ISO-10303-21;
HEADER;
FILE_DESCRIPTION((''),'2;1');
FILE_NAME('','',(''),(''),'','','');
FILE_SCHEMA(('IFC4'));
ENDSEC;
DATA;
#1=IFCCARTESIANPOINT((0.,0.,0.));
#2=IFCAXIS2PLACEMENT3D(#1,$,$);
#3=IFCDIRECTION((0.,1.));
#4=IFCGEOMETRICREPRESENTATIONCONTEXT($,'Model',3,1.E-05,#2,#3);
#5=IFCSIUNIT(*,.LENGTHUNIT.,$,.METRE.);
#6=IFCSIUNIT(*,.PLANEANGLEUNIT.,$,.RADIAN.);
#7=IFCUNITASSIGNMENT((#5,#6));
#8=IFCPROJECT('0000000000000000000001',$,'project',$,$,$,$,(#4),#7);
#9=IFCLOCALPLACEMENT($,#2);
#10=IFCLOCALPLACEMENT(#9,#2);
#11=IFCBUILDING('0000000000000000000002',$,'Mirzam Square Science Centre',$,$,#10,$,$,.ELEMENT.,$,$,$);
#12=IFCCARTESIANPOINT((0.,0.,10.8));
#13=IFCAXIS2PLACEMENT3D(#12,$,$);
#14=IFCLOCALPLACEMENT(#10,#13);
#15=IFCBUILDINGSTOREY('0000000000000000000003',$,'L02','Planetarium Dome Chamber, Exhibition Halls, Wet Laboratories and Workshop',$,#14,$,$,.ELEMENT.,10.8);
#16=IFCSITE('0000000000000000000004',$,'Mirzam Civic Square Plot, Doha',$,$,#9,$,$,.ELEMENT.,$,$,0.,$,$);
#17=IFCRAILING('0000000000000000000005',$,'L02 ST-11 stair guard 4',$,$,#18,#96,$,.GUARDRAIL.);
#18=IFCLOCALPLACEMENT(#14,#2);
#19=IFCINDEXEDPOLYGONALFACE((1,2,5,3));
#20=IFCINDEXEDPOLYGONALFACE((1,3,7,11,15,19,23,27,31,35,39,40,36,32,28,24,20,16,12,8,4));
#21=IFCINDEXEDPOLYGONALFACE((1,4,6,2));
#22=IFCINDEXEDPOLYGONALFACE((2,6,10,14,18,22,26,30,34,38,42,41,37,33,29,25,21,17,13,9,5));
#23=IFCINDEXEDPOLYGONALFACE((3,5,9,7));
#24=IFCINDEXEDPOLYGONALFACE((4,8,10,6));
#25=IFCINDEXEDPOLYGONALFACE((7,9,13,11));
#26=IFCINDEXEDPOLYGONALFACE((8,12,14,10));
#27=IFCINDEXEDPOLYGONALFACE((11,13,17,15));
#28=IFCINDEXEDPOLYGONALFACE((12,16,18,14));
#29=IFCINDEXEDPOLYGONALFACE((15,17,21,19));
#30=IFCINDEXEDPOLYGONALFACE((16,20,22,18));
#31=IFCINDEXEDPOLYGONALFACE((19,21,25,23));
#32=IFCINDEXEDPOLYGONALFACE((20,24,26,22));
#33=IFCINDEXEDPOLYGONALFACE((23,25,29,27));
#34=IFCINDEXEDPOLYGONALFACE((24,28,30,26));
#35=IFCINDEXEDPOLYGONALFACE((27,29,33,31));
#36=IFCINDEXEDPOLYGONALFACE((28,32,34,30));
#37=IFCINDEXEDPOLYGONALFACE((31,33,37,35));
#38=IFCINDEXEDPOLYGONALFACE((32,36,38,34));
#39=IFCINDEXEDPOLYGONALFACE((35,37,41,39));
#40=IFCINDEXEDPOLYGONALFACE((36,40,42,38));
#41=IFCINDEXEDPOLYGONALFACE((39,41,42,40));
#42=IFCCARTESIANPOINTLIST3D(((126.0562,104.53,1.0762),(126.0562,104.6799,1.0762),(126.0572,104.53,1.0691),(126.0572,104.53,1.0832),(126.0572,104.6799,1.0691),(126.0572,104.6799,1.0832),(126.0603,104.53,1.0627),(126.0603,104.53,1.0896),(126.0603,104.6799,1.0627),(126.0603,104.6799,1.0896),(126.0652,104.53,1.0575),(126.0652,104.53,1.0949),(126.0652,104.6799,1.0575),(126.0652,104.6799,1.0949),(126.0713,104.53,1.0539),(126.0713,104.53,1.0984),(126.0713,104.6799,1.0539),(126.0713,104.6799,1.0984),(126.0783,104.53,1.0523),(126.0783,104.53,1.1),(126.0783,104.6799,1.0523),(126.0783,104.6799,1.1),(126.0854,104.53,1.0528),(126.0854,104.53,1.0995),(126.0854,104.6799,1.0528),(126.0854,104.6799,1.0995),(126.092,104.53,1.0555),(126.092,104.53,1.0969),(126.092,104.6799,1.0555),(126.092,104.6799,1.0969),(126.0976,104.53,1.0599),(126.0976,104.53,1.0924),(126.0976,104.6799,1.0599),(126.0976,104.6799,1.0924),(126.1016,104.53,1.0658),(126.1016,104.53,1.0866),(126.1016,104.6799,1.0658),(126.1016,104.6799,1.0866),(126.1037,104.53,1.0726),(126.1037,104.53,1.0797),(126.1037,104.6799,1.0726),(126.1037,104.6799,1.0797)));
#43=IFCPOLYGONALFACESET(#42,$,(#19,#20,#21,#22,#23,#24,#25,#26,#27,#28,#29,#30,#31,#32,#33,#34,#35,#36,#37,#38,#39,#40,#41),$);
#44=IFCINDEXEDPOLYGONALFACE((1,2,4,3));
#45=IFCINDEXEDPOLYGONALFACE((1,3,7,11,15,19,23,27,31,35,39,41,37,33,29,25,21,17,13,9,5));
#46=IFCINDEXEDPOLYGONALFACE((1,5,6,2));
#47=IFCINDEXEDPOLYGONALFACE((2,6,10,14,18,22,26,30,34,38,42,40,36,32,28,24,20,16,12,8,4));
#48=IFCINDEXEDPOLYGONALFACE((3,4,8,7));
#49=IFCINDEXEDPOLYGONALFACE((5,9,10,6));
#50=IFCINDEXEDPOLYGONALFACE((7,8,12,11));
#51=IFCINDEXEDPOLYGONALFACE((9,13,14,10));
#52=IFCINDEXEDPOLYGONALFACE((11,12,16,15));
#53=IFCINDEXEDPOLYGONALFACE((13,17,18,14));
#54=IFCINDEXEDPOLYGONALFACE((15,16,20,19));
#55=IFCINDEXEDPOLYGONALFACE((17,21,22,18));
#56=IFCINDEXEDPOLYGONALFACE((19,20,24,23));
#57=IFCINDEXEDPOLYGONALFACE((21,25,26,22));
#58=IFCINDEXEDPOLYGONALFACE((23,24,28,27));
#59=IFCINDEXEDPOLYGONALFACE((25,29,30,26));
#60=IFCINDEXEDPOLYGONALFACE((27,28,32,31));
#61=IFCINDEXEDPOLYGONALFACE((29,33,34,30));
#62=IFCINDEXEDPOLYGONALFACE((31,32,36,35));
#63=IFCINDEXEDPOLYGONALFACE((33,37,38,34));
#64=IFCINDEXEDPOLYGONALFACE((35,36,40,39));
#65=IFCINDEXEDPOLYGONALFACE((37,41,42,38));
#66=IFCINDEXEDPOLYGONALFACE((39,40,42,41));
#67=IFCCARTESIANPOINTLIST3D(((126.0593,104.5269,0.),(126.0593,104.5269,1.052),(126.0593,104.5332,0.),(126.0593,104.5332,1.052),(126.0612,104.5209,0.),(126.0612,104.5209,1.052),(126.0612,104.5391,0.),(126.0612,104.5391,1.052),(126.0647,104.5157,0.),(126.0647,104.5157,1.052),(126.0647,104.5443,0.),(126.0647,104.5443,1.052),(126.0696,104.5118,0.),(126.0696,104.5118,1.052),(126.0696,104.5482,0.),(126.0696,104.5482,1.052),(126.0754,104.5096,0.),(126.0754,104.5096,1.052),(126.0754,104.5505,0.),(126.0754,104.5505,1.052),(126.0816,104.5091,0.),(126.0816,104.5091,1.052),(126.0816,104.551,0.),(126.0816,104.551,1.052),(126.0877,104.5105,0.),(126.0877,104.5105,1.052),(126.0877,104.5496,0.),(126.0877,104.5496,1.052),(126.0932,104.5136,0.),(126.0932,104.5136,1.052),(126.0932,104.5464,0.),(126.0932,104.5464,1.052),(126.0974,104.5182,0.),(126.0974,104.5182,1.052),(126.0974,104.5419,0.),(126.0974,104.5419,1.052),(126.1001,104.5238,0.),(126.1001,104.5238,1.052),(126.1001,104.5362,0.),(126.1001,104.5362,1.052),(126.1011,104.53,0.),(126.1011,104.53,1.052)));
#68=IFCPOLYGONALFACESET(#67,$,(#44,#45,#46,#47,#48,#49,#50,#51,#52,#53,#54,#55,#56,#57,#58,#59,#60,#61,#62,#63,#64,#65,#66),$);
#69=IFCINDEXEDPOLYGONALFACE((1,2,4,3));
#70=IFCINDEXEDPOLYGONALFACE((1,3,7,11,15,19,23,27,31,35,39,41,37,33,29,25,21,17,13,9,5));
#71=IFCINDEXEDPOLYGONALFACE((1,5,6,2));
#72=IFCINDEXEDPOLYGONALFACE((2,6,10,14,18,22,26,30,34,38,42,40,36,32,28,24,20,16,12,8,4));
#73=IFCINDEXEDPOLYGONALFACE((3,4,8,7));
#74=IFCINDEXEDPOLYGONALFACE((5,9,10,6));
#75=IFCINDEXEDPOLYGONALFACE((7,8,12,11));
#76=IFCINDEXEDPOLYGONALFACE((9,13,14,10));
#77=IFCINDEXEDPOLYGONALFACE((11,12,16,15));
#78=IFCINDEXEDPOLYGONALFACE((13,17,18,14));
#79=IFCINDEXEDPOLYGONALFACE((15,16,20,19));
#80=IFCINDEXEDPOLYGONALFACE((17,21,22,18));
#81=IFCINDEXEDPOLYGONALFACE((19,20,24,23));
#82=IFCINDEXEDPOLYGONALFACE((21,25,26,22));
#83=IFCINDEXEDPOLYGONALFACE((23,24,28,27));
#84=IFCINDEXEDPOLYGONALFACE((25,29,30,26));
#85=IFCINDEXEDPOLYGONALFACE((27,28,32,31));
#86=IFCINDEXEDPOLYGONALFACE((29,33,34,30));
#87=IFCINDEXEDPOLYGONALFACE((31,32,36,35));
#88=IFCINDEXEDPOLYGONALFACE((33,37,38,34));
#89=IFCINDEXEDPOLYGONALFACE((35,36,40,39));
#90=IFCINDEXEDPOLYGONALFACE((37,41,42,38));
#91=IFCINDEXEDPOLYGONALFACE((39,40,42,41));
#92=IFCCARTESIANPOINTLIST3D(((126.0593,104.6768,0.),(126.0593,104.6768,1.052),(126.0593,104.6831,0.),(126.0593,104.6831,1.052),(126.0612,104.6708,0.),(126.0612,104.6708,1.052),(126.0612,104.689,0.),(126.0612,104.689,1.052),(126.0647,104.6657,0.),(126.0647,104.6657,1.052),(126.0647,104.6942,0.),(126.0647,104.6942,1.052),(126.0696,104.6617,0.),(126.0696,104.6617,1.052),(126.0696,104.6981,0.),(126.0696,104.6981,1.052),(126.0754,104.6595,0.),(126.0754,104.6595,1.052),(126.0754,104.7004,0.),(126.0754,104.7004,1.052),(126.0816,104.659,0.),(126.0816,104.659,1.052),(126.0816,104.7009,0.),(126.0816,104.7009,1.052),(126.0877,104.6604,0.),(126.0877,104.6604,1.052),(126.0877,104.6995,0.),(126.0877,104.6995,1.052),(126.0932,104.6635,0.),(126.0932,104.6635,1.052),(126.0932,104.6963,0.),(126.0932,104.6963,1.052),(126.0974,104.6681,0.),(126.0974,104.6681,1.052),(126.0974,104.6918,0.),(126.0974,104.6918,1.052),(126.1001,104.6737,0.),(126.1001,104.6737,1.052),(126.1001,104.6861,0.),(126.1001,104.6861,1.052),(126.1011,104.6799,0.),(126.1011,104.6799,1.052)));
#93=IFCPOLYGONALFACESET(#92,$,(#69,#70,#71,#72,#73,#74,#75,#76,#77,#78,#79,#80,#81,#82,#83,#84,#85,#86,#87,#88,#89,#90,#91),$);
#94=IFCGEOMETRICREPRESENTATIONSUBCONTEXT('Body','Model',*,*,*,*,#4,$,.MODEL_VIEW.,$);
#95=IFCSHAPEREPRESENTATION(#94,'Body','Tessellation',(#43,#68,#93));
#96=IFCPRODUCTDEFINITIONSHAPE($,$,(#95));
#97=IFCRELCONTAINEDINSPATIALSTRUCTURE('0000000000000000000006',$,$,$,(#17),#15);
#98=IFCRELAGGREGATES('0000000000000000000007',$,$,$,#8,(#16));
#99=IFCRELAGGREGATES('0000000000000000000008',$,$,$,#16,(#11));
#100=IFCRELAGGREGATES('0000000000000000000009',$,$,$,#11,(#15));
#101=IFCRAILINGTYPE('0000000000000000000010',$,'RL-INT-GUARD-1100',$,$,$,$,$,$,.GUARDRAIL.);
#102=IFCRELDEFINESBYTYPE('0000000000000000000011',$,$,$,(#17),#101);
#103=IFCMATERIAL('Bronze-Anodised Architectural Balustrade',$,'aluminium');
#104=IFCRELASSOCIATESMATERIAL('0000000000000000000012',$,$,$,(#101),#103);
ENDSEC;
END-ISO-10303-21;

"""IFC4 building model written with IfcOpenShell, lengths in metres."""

from ifc_helpers import new_model, si_unit, direction, frame, origin, origin_2d, place, context, subcontext, project, spatial, circle, extrude, material, type_object, element, save


model = new_model("IFC4")

# Units and contexts
model_context = context("Model", 3, precision=1e-05, world=origin(), true_north=direction((0.0, 1.0)))
body_context = subcontext(model_context, "Body", "Model", "MODEL_VIEW")
ifc_project = project(units=[si_unit("LENGTHUNIT", "METRE"), si_unit("PLANEANGLEUNIT", "RADIAN")], contexts=[model_context])

# Site, building, storey
site_placement = place(None, origin())
site = spatial("IfcSite", under=ifc_project, at=site_placement, Name="Mirzam Civic Square Plot, Doha", CompositionType="ELEMENT", RefElevation=0.0)
building_placement = place(site_placement, origin())
building = spatial("IfcBuilding", under=site, at=building_placement, Name="Mirzam Square Science Centre", CompositionType="ELEMENT")
storey_placement = place(building_placement, frame((0.0, 0.0, 10.8)))
storey = spatial("IfcBuildingStorey", under=building, at=storey_placement, Name="L02", Description="Planetarium Dome Chamber, Exhibition Halls, Wet Laboratories and Workshop", CompositionType="ELEMENT", Elevation=10.8)

# Railing
ifc_material_1 = material(Name="Bronze-Anodised Architectural Balustrade", Category="aluminium")
railing_type_1 = type_object("IfcRailingType", Name="RL-INT-GUARD-1100", PredefinedType="GUARDRAIL", material=ifc_material_1)
railing_1_placement = place(storey_placement, frame((126.0801, 104.53, 0.0)))
element("IfcRailing", 1, at=railing_1_placement, inside=storey, type_object=railing_type_1, Name="L02 ST-11 stair guard 4", PredefinedType="GUARDRAIL", context=body_context, shape_type="SweptSolid", body=[
    extrude(circle(Radius=0.0239, at=origin_2d()), frame((0.0, 0.0, 1.0762), z_axis=(0.0, 1.0, 0.0), x_axis=(-1.0, 0.0, 0.0)), (0.0, 0.0, 1.0), 0.1499),
    extrude(circle(Radius=0.021, at=origin_2d()), origin(), (0.0, 0.0, 1.0), 1.052),
    extrude(circle(Radius=0.021, at=origin_2d()), frame((0.0, 0.1499, 0.0)), (0.0, 0.0, 1.0), 1.052),
])

save(model, "model.ifc")
